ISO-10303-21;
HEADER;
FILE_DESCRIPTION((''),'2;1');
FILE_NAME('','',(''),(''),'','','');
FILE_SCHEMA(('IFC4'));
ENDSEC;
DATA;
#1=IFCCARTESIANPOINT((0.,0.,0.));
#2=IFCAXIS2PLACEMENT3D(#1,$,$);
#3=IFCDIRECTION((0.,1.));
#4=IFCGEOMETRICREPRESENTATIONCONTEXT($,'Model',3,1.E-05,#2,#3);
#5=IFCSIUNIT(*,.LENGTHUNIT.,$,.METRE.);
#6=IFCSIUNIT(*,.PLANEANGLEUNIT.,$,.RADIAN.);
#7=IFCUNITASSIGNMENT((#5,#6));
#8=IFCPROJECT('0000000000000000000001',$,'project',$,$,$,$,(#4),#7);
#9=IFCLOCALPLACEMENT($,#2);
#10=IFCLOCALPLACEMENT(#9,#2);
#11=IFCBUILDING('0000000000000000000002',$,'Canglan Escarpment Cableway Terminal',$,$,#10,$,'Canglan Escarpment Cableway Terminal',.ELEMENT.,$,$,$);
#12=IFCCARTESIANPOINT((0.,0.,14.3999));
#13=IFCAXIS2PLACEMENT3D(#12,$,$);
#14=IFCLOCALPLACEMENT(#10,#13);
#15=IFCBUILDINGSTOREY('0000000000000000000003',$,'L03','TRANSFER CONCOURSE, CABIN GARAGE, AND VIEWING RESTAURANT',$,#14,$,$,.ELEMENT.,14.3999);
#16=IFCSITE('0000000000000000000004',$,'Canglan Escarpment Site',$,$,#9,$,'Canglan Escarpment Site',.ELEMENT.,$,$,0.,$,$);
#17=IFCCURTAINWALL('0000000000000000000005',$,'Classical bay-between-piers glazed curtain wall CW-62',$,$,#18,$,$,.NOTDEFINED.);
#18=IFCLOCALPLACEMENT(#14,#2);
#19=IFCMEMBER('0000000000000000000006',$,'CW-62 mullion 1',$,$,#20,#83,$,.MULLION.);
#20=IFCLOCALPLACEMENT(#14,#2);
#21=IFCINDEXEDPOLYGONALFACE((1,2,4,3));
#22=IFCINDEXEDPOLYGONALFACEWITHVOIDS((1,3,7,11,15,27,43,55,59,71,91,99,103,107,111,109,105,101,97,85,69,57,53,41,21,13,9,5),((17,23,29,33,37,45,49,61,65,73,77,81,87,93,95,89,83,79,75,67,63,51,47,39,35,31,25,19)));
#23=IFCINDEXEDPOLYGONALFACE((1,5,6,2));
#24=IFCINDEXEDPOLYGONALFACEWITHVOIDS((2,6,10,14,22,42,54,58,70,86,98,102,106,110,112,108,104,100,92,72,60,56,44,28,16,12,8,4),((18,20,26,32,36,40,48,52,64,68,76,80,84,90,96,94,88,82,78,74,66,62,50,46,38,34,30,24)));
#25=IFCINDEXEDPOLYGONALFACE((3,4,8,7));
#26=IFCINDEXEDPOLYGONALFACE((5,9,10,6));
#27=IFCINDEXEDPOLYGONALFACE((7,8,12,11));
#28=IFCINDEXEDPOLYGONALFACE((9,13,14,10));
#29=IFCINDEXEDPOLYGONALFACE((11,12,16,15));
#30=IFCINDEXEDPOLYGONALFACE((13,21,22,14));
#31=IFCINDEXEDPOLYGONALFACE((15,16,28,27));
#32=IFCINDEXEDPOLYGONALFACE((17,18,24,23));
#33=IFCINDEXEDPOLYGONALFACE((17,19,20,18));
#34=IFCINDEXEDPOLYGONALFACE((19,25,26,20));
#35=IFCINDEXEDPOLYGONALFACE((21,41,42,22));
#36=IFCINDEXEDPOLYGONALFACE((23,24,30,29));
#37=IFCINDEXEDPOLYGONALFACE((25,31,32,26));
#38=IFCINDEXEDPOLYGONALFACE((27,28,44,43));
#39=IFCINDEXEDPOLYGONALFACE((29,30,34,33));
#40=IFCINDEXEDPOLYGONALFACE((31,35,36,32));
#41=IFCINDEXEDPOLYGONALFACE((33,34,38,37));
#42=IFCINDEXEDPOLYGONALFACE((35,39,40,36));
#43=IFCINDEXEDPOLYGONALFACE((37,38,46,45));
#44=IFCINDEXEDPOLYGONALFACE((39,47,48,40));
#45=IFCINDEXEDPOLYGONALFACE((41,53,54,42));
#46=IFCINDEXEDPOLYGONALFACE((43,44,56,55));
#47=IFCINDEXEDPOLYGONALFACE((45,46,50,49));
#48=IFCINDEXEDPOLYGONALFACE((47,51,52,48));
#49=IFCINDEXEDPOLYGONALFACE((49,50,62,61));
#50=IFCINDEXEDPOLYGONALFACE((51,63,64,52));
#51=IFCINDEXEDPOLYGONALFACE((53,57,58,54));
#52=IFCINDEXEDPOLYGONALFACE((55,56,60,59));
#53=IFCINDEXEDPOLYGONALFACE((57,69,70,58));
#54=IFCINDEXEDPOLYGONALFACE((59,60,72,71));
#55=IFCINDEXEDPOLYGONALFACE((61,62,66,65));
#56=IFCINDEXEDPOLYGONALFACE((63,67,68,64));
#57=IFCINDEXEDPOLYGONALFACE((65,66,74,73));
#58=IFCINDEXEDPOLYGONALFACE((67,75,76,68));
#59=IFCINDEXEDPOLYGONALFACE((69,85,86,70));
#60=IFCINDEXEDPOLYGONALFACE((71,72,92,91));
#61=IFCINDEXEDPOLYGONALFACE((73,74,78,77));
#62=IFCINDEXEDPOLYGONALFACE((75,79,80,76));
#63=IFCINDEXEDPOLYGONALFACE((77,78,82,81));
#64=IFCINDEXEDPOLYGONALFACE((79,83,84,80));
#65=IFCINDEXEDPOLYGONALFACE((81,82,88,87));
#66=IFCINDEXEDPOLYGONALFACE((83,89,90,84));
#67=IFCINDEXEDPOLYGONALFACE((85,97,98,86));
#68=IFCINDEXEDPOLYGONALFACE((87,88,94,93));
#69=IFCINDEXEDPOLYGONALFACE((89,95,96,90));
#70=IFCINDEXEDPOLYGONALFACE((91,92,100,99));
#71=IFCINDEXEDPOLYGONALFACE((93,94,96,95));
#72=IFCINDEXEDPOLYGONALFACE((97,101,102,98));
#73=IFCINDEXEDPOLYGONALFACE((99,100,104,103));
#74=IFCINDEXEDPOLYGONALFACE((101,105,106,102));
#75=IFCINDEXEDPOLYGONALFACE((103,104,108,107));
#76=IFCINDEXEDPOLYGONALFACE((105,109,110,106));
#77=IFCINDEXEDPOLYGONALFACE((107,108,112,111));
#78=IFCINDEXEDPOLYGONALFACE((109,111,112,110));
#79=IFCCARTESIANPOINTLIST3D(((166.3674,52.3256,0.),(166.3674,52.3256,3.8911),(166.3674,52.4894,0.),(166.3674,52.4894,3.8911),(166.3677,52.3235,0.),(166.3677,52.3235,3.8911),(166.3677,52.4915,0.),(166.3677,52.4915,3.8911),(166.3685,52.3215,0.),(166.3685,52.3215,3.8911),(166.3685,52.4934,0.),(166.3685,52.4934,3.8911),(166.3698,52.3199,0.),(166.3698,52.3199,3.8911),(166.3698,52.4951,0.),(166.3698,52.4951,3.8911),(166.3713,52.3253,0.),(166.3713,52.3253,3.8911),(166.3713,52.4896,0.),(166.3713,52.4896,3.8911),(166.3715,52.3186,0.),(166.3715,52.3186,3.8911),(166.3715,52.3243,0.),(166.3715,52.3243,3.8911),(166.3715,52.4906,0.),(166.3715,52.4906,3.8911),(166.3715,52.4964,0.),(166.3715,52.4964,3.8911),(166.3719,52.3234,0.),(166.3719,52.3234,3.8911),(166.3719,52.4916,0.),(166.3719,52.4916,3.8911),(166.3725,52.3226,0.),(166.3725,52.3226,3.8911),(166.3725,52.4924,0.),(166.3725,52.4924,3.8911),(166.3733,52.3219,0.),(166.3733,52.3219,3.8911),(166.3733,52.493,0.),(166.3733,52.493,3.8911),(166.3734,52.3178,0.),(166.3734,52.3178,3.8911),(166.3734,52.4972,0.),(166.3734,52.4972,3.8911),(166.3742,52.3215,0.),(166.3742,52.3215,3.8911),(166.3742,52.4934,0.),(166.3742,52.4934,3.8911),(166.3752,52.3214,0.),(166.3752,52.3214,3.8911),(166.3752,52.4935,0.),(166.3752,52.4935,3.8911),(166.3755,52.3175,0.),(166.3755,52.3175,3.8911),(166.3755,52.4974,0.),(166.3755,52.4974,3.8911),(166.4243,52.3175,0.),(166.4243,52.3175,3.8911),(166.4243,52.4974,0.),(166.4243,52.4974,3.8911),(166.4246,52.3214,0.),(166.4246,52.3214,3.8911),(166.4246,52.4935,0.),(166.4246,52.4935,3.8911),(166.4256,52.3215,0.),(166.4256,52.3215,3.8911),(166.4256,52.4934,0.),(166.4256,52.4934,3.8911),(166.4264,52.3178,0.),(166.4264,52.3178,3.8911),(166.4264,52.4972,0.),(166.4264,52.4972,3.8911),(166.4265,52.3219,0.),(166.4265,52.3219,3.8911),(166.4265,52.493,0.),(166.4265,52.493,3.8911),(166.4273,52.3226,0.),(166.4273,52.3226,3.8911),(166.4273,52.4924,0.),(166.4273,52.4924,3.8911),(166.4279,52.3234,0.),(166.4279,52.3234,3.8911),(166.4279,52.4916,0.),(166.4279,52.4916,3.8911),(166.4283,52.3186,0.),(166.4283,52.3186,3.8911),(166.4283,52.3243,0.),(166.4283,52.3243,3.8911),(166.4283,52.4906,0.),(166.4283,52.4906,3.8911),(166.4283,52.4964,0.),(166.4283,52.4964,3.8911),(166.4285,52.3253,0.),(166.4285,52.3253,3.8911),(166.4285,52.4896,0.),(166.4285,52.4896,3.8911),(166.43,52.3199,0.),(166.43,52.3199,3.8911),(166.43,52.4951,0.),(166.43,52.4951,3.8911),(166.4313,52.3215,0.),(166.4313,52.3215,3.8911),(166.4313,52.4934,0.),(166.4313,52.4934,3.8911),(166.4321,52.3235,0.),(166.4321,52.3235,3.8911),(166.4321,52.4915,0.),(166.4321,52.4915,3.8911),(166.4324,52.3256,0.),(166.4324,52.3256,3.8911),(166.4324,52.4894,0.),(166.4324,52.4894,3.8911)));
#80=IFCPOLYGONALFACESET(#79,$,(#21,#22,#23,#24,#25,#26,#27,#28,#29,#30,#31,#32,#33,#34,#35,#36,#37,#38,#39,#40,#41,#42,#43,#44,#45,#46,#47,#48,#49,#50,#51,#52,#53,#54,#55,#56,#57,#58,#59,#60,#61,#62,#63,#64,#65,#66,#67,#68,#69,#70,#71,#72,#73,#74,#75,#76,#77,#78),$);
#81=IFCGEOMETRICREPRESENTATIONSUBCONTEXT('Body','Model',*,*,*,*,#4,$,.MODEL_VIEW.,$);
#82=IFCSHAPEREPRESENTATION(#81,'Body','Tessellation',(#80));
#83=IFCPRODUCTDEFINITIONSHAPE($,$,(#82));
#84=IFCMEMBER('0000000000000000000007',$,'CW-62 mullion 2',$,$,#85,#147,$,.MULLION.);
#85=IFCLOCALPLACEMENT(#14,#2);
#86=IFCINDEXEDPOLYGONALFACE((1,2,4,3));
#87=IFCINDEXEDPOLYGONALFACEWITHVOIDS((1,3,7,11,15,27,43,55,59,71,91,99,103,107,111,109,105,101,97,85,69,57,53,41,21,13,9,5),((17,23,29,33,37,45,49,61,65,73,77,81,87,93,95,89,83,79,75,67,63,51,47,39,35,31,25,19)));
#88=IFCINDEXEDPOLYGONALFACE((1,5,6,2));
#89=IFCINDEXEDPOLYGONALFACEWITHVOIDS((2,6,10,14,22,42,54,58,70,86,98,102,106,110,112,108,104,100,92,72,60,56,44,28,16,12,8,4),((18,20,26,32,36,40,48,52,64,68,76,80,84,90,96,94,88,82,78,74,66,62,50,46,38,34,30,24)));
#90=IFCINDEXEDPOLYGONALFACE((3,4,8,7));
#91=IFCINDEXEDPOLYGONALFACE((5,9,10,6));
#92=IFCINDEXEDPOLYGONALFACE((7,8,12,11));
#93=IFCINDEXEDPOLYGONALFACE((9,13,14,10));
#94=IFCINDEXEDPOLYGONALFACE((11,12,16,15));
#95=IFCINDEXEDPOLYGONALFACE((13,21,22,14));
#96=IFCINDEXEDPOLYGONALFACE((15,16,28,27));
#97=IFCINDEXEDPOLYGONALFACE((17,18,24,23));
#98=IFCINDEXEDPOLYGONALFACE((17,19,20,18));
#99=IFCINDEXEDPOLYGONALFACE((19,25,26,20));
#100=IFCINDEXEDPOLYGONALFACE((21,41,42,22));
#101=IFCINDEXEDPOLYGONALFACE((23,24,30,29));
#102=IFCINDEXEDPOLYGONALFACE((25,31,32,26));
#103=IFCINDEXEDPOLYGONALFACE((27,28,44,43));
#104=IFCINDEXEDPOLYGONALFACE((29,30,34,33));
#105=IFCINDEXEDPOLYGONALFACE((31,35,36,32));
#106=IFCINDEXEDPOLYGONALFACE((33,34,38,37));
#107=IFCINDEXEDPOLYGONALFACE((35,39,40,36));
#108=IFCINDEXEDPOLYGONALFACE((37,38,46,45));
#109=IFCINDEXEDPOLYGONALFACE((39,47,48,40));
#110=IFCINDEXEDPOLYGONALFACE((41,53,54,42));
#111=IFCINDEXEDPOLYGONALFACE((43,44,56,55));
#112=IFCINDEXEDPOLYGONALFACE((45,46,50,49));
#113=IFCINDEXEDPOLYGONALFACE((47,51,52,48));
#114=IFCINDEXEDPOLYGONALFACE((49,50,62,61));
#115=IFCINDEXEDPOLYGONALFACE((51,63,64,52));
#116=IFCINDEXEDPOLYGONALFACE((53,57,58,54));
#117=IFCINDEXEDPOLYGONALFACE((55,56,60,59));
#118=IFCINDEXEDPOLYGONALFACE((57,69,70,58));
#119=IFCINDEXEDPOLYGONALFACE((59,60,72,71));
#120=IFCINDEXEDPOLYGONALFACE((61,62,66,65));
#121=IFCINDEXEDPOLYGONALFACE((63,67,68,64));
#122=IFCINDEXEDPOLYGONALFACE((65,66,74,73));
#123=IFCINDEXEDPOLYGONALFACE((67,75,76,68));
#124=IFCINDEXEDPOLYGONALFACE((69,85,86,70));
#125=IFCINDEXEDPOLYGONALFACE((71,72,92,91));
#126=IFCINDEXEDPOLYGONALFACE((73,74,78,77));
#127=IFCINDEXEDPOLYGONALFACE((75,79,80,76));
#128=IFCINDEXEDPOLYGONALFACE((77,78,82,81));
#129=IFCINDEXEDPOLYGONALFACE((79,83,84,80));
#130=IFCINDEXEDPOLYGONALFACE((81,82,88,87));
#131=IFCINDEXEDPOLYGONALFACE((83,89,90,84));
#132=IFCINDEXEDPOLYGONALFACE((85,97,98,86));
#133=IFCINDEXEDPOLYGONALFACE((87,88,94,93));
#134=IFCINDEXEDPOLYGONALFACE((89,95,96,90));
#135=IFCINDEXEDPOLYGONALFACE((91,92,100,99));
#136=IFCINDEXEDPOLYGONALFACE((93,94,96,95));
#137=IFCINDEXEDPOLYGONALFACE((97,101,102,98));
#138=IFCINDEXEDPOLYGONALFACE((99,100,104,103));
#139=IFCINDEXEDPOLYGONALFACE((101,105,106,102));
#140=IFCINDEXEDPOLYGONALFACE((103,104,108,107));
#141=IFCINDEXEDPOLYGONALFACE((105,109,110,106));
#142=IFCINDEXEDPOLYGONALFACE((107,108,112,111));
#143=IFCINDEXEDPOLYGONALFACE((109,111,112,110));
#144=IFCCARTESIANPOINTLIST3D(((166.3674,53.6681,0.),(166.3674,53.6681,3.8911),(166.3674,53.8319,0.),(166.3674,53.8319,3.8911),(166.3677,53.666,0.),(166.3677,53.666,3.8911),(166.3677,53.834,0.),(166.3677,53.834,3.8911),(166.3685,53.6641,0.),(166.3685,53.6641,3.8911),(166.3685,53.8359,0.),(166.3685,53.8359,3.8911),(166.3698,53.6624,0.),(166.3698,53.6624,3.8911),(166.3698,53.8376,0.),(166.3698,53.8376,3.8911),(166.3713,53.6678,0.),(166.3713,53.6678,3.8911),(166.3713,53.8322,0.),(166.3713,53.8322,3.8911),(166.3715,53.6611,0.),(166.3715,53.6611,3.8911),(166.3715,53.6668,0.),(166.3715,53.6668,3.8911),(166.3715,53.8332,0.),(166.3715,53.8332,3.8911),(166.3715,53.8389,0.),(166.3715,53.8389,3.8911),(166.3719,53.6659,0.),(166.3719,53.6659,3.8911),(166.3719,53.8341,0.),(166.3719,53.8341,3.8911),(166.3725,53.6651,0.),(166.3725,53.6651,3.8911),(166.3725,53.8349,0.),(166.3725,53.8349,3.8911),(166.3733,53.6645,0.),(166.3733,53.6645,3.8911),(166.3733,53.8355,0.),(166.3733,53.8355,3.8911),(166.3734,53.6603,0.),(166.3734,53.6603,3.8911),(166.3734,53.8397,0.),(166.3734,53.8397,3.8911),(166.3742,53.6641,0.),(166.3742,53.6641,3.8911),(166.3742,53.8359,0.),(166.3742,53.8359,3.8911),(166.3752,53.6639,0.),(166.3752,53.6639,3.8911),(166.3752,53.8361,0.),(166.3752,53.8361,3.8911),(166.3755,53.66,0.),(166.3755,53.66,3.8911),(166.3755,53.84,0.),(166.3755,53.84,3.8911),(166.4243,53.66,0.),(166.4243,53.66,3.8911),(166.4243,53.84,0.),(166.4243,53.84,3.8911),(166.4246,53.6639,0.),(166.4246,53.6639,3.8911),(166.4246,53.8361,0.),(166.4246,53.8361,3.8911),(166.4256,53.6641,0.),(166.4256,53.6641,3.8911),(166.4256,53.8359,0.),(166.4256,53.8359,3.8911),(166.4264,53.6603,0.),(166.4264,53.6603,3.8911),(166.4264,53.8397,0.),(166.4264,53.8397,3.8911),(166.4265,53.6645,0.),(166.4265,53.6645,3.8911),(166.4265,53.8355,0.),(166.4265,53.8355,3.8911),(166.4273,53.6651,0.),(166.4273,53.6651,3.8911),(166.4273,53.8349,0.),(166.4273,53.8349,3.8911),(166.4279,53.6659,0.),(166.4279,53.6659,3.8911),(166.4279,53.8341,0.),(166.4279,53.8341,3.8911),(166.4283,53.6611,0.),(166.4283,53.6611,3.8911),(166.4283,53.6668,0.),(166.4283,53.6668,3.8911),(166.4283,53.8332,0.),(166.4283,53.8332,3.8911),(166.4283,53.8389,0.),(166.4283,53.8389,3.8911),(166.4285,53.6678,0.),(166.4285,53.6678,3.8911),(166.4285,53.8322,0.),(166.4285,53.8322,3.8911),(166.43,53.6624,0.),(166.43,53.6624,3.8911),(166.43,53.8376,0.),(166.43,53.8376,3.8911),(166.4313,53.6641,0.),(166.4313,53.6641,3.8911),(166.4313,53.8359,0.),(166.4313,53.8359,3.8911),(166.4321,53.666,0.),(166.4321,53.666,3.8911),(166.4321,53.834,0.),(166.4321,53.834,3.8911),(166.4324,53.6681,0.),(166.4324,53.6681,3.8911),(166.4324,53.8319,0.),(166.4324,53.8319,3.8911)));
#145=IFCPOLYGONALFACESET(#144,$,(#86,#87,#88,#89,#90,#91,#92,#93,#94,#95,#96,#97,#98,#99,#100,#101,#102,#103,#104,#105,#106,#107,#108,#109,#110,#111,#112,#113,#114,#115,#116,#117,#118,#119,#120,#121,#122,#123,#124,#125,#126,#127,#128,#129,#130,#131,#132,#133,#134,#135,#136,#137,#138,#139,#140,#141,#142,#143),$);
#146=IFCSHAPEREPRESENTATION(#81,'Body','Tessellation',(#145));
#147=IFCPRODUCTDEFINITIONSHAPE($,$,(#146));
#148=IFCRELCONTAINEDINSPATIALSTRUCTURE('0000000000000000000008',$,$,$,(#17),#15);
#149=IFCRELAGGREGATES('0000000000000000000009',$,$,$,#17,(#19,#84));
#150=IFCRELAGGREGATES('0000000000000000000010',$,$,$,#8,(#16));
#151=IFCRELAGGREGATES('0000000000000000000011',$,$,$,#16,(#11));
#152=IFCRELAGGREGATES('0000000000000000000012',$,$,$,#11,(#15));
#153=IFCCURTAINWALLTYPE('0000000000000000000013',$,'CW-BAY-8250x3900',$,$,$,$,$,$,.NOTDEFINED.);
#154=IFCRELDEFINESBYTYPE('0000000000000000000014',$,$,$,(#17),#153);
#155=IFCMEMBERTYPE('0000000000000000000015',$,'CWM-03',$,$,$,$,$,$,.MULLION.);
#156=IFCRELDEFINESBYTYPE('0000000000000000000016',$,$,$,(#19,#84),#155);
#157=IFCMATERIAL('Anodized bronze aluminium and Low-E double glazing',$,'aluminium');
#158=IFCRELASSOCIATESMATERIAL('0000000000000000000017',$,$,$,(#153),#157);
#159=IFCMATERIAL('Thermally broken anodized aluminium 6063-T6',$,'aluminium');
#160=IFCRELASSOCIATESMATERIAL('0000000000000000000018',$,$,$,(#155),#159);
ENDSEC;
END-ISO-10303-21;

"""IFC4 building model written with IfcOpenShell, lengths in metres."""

from ifc_helpers import new_model, si_unit, direction, frame, origin, origin_2d, place, context, subcontext, project, spatial, hollow_rectangle, extrude, material, material_profile, profile_set, type_object, element, aggregate, save


model = new_model("IFC4")

# Units and contexts
model_context = context("Model", 3, precision=1e-05, world=origin(), true_north=direction((0.0, 1.0)))
body_context = subcontext(model_context, "Body", "Model", "MODEL_VIEW")
ifc_project = project(units=[si_unit("LENGTHUNIT", "METRE"), si_unit("PLANEANGLEUNIT", "RADIAN")], contexts=[model_context])

# Site, building, storey
site_placement = place(None, origin())
site = spatial("IfcSite", under=ifc_project, at=site_placement, Name="Canglan Escarpment Site", LongName="Canglan Escarpment Site", CompositionType="ELEMENT", RefElevation=0.0)
building_placement = place(site_placement, origin())
building = spatial("IfcBuilding", under=site, at=building_placement, Name="Canglan Escarpment Cableway Terminal", LongName="Canglan Escarpment Cableway Terminal", CompositionType="ELEMENT")
storey_placement = place(building_placement, frame((0.0, 0.0, 14.3999)))
storey = spatial("IfcBuildingStorey", under=building, at=storey_placement, Name="L03", Description="TRANSFER CONCOURSE, CABIN GARAGE, AND VIEWING RESTAURANT", CompositionType="ELEMENT", Elevation=14.3999)

# Shared definitions
ifc_material_1 = material(Name="Anodized bronze aluminium and Low-E double glazing", Category="aluminium")
curtain_wall_type = type_object("IfcCurtainWallType", Name="CW-BAY-8250x3900", PredefinedType="NOTDEFINED", material=ifc_material_1)
ifc_material_2 = material(Name="Thermally broken anodized aluminium 6063-T6", Category="aluminium")

# Curtain wall, members
curtain_wall_1_placement = place(storey_placement, origin())
curtain_wall_1 = element("IfcCurtainWall", 1, at=curtain_wall_1_placement, inside=storey, type_object=curtain_wall_type, Name="Classical bay-between-piers glazed curtain wall CW-62", PredefinedType="NOTDEFINED")
ifc_material_profile_1 = material_profile(ifc_material_2, hollow_rectangle(XDim=0.0649, YDim=0.1799, WallThickness=0.0039, InnerFilletRadius=0.0039, OuterFilletRadius=0.0081, at=origin_2d()), Name="ALU-MULL 65x180x4")
ifc_profile_set_1 = profile_set([ifc_material_profile_1], Name="Thermally broken anodized aluminium 6063-T6")
member_type_1 = type_object("IfcMemberType", Name="CWM-03", PredefinedType="MULLION", material=ifc_profile_set_1)
member_1_placement = place(storey_placement, frame((166.3999, 52.4075, 0.0), z_axis=(0.0, 0.0, 1.0), x_axis=(-1.0, 0.0, 0.0)))
member_1 = element("IfcMember", 2, at=member_1_placement, type_object=member_type_1, Name="CW-62 mullion 1", PredefinedType="MULLION", context=body_context, shape_type="SweptSolid", body=[
    extrude(hollow_rectangle(XDim=0.0649, YDim=0.1799, WallThickness=0.0039, InnerFilletRadius=0.0039, OuterFilletRadius=0.0081, at=origin_2d()), origin(), (0.0, 0.0, 1.0), 3.8911),
])
member_2_placement = place(storey_placement, frame((166.3999, 53.75, 0.0), z_axis=(0.0, 0.0, 1.0), x_axis=(-1.0, 0.0, 0.0)))
member_2 = element("IfcMember", 3, at=member_2_placement, type_object=member_type_1, Name="CW-62 mullion 2", PredefinedType="MULLION", context=body_context, shape_type="SweptSolid", body=[
    extrude(hollow_rectangle(XDim=0.0649, YDim=0.1799, WallThickness=0.0039, InnerFilletRadius=0.0039, OuterFilletRadius=0.0081, at=origin_2d()), origin(), (0.0, 0.0, 1.0), 3.8911),
])

aggregate(curtain_wall_1, [member_1, member_2])

save(model, "model.ifc")
